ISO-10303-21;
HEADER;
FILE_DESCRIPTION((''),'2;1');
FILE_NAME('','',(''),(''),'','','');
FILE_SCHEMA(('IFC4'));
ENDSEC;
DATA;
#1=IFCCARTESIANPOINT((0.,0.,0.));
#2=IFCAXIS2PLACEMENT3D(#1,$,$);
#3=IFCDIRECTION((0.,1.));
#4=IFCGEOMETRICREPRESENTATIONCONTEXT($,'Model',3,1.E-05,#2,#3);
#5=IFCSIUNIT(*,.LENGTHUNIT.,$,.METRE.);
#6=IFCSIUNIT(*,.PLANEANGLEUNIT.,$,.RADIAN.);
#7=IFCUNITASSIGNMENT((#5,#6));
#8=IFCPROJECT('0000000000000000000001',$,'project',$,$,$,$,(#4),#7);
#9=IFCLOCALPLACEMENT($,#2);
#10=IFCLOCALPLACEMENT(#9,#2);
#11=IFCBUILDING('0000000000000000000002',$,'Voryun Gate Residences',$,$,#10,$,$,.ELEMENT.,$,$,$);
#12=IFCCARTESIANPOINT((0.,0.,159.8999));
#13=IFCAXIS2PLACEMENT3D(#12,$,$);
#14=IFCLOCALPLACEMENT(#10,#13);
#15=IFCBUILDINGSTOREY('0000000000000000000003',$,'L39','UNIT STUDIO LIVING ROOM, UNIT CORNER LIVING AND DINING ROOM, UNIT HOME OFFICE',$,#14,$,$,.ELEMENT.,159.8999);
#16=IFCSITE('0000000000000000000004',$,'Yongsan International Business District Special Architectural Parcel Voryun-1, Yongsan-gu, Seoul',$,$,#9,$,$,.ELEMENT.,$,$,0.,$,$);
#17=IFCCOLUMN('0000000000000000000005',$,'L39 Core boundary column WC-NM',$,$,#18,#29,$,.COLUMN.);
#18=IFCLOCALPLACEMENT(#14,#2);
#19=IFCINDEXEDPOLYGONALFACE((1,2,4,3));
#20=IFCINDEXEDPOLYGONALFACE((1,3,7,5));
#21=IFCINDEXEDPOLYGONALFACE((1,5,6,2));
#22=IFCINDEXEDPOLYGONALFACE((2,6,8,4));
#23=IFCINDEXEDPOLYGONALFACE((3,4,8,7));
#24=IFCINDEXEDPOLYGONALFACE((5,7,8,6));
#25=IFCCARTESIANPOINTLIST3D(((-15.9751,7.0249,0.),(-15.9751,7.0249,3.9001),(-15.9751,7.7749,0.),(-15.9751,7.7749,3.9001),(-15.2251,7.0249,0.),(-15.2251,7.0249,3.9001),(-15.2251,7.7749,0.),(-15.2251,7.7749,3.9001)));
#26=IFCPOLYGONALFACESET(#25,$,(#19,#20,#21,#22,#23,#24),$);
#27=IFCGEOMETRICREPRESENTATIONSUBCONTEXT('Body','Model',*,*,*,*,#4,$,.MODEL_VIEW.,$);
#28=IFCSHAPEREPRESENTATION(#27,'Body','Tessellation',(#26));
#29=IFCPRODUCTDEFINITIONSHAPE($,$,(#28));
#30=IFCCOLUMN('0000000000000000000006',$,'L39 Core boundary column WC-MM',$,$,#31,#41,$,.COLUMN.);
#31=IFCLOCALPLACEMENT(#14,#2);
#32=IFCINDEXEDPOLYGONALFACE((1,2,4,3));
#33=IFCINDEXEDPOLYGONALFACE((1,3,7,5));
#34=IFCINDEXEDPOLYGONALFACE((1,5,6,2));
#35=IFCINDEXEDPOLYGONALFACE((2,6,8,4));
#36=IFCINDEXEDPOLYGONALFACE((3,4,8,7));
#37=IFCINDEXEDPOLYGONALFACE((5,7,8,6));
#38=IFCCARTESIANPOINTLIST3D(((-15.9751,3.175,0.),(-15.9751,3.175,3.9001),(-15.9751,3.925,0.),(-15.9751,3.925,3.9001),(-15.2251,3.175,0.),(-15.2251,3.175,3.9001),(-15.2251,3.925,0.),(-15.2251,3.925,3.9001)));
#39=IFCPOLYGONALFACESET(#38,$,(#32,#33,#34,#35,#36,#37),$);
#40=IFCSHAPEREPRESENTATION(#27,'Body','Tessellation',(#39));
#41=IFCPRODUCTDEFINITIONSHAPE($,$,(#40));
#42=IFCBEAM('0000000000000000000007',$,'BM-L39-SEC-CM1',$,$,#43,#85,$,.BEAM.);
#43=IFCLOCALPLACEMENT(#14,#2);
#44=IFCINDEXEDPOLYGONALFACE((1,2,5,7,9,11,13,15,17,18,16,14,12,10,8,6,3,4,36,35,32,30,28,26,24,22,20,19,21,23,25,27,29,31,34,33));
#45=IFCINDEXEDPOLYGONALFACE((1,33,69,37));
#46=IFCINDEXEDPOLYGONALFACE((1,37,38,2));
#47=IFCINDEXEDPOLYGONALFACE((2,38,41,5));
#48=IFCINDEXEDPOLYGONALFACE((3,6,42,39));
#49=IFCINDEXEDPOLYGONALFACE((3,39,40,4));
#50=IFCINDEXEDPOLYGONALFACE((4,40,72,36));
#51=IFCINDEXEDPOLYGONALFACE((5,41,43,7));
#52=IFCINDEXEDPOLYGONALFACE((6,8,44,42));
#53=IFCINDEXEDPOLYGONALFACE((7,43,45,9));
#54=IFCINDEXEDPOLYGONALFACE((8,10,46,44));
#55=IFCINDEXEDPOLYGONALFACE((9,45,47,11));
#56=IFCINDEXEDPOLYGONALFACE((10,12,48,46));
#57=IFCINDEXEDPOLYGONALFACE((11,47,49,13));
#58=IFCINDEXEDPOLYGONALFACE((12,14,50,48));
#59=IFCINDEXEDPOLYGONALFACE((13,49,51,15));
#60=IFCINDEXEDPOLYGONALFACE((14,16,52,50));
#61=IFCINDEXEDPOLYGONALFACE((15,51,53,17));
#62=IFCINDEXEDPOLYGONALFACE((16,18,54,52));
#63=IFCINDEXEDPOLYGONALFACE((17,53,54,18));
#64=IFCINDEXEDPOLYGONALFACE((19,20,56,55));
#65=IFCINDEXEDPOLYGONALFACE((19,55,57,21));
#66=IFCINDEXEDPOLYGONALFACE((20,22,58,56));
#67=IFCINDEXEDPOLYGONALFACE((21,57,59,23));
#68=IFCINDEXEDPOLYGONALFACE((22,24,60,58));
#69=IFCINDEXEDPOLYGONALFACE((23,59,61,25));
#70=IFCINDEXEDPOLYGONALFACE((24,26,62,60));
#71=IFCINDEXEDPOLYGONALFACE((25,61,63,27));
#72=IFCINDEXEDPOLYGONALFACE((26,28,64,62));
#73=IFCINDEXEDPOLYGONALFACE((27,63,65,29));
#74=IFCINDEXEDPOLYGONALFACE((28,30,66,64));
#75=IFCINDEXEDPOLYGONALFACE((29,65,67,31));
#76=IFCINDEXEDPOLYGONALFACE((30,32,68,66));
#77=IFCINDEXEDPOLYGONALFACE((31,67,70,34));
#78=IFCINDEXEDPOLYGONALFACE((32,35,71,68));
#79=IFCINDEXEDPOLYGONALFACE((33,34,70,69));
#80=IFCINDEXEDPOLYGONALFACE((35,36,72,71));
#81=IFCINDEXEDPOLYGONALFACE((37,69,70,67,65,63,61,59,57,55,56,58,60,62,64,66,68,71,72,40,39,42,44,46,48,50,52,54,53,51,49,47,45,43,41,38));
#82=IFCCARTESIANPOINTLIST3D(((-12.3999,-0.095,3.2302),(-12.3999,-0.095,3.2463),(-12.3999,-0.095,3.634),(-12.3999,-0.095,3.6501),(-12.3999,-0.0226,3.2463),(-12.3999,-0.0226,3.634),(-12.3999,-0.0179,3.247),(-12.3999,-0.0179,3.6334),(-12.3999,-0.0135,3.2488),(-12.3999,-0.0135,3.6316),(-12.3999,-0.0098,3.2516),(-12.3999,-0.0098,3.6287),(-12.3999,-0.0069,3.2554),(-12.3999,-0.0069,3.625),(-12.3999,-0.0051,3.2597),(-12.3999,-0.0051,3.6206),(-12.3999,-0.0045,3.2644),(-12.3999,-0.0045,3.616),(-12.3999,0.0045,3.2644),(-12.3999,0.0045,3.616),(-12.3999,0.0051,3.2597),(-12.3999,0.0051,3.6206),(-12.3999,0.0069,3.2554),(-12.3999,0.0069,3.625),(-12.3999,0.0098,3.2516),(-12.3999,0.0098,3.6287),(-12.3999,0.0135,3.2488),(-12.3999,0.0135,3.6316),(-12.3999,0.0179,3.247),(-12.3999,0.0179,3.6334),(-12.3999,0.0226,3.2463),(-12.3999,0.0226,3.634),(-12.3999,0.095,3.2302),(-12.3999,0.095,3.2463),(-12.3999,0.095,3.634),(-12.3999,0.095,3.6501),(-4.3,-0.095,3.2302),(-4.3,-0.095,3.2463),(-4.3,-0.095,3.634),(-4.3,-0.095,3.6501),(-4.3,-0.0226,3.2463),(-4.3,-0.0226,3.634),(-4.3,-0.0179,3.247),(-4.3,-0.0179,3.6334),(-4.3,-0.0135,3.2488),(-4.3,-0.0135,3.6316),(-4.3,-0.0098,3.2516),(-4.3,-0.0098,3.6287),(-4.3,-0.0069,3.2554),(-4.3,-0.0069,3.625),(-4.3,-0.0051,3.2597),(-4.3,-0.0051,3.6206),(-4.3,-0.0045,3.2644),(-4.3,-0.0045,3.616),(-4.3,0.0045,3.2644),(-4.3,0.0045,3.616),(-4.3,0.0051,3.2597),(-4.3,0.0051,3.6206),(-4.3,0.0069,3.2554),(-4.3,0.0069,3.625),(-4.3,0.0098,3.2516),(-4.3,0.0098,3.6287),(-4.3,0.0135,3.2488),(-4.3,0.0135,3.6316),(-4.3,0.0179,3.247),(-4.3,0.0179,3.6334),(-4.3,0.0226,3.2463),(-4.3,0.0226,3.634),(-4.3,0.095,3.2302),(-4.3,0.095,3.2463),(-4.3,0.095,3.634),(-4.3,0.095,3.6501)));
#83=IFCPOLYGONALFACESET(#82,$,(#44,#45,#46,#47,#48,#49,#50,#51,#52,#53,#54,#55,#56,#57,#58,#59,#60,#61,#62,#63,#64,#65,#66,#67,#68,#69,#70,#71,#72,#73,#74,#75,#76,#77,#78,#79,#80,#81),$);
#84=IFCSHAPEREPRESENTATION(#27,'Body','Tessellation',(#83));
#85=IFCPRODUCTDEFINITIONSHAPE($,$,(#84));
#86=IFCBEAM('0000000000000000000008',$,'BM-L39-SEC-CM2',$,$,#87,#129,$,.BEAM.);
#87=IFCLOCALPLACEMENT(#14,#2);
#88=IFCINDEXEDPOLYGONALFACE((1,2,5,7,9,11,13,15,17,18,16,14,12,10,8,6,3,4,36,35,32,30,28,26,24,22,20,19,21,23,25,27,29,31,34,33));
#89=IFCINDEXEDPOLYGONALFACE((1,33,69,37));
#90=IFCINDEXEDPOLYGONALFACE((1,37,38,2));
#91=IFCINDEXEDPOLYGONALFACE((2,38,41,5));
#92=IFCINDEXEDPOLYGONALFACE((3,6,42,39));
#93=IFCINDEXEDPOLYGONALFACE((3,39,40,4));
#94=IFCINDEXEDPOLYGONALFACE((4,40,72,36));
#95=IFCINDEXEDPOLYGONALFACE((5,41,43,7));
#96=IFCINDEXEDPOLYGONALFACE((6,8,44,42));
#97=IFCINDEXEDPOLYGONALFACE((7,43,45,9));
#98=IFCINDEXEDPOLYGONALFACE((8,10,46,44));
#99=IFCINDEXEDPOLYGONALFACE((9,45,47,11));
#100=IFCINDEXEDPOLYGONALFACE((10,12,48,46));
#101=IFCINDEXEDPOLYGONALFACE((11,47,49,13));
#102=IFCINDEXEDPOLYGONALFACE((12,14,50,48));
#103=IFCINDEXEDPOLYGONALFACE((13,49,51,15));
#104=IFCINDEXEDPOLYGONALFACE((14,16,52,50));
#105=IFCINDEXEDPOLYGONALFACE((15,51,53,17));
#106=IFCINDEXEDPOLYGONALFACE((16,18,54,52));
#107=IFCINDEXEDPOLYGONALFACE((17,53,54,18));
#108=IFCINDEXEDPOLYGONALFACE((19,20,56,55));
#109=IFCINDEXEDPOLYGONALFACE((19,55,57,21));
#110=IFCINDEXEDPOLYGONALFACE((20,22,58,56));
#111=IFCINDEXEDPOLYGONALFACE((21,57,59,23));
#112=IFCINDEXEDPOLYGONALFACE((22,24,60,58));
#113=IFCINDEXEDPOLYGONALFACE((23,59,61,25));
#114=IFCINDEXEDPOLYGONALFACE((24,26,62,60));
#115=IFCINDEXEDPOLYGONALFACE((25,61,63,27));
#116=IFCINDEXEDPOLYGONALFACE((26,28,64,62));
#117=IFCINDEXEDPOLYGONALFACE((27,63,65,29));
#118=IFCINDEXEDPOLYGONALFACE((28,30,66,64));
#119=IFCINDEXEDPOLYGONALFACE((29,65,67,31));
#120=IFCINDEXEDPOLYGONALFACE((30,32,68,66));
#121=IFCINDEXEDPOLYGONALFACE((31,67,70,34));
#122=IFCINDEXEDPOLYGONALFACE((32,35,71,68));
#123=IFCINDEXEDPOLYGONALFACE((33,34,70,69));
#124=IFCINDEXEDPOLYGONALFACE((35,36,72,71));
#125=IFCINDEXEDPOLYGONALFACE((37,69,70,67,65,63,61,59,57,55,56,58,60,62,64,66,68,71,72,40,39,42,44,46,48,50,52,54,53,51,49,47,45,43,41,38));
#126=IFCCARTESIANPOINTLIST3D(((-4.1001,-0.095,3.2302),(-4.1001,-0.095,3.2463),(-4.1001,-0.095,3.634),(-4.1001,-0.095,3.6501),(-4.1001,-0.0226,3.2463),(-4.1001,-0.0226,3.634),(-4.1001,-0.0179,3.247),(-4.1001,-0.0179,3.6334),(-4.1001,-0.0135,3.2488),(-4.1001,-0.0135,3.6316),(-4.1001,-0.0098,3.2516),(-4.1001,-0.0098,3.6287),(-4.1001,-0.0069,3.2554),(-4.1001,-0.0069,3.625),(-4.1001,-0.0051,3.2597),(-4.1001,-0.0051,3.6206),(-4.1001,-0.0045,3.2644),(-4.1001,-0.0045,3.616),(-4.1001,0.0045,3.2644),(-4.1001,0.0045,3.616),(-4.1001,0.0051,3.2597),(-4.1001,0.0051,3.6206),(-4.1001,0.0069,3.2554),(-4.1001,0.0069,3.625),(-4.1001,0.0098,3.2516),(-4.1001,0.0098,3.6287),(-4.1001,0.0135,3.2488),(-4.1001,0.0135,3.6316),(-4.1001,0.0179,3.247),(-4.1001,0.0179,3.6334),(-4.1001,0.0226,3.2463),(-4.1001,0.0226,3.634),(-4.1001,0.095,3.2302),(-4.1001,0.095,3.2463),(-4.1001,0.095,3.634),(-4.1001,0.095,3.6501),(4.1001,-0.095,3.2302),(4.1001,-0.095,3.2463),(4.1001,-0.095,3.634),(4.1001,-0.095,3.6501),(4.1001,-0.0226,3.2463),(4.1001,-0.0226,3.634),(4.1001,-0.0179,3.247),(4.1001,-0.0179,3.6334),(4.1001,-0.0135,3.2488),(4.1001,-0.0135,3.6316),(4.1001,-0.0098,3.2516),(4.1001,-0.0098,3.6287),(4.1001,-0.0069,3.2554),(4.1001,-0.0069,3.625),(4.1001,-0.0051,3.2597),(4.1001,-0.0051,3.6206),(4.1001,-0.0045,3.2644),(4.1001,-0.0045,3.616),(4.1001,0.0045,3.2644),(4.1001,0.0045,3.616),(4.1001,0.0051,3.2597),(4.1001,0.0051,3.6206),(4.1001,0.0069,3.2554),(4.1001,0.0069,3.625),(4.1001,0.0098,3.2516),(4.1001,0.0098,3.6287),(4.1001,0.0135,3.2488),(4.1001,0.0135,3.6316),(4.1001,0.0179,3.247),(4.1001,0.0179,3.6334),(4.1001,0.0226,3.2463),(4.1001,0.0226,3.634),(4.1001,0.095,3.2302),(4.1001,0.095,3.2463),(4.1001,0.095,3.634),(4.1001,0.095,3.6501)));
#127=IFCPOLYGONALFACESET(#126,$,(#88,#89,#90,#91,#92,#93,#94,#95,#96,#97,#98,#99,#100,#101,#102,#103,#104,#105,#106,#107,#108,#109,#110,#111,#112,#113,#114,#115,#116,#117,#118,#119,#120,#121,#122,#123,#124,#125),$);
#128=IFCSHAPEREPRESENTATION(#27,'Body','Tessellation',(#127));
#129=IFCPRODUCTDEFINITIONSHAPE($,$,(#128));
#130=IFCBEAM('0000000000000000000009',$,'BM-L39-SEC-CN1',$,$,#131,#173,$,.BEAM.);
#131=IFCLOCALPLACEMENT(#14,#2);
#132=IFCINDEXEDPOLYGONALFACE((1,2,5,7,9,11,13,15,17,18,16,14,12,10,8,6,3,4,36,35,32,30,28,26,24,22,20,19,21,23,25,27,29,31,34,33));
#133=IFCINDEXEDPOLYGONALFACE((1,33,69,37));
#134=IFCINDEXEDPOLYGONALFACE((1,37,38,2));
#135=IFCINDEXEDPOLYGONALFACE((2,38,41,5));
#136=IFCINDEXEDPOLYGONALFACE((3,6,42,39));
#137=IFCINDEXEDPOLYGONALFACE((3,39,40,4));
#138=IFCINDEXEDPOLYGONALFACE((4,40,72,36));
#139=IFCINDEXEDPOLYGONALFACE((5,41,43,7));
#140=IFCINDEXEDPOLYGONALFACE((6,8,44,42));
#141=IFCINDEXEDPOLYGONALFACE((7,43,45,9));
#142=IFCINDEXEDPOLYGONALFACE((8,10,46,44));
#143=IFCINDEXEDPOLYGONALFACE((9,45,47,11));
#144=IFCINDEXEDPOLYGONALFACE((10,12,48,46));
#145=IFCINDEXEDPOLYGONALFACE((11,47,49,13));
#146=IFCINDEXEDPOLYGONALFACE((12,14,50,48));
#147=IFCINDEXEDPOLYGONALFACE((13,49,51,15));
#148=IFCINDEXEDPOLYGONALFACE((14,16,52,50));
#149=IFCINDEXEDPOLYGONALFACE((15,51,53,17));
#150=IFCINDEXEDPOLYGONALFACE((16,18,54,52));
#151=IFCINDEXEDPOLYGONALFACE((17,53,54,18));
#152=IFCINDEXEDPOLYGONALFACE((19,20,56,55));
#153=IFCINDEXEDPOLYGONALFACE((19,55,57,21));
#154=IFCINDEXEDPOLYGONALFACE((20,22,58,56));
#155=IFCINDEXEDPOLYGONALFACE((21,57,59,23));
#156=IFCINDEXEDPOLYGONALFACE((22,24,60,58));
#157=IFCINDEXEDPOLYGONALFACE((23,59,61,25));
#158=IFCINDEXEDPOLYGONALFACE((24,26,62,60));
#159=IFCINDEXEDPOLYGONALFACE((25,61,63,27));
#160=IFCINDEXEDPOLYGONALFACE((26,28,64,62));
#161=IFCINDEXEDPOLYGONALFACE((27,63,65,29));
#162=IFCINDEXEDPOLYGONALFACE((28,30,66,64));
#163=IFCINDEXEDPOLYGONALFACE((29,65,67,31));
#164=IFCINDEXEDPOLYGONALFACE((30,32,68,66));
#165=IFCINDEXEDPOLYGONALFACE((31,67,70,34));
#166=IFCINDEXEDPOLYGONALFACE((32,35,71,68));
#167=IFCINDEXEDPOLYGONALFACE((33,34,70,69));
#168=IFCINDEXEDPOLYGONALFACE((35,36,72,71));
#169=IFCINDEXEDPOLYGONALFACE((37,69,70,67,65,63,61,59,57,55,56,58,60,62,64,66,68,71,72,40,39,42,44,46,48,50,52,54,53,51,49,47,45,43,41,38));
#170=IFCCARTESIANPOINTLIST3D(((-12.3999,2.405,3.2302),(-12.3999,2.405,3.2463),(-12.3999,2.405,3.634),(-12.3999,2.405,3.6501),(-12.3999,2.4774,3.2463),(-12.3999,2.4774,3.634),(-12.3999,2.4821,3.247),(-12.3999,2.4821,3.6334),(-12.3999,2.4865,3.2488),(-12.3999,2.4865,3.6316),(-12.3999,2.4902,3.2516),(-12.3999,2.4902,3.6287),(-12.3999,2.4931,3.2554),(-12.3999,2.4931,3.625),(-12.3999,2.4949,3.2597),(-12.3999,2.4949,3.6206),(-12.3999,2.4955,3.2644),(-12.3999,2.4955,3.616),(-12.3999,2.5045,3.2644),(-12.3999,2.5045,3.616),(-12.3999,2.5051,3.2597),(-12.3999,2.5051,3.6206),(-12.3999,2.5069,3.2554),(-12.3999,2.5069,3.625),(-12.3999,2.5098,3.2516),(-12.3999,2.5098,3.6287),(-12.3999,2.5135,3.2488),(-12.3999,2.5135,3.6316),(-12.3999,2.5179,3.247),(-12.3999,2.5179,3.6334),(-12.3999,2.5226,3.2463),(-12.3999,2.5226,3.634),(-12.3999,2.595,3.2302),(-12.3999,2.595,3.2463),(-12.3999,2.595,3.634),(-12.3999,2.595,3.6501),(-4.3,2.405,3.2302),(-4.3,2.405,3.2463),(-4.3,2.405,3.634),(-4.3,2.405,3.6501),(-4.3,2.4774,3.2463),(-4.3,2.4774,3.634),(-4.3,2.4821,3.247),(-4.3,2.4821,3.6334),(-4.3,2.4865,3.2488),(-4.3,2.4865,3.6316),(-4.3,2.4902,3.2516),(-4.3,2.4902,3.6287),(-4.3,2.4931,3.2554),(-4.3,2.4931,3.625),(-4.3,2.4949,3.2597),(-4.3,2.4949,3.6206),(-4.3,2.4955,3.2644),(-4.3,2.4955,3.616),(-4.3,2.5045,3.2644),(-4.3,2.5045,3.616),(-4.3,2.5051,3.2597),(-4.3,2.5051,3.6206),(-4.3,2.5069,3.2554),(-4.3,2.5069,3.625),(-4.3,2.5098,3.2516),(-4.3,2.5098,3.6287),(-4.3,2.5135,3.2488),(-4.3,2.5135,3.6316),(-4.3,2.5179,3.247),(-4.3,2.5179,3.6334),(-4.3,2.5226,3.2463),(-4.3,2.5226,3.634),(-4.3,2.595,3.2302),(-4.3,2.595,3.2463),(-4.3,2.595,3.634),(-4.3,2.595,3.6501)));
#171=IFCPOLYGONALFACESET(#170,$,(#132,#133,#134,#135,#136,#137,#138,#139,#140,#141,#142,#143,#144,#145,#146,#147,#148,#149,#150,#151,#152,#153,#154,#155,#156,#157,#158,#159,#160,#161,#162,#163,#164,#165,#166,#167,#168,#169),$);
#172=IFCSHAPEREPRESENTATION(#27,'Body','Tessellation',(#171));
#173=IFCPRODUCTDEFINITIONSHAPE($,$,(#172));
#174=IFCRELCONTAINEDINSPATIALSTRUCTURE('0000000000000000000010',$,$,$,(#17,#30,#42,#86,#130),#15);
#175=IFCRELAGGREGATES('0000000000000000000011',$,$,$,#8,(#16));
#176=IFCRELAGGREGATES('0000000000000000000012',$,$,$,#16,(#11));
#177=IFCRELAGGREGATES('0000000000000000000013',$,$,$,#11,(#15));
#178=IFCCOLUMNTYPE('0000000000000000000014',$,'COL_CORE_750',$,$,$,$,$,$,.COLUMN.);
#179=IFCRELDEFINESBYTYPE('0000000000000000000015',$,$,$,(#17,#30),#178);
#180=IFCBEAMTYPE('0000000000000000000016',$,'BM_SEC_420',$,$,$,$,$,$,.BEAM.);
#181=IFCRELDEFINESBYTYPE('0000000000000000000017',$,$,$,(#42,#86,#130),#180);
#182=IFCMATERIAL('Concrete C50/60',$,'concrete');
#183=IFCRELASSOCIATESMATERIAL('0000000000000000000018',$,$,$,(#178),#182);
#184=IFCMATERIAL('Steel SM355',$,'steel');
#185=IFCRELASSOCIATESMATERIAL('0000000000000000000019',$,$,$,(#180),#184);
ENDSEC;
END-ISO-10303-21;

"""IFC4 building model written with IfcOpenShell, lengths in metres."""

from ifc_helpers import new_model, si_unit, direction, frame, origin, origin_2d, place, context, subcontext, project, spatial, rectangle, i_section, extrude, material, material_profile, profile_set, type_object, element, save


model = new_model("IFC4")

# Units and contexts
model_context = context("Model", 3, precision=1e-05, world=origin(), true_north=direction((0.0, 1.0)))
body_context = subcontext(model_context, "Body", "Model", "MODEL_VIEW")
ifc_project = project(units=[si_unit("LENGTHUNIT", "METRE"), si_unit("PLANEANGLEUNIT", "RADIAN")], contexts=[model_context])

# Site, building, storey
site_placement = place(None, origin())
site = spatial("IfcSite", under=ifc_project, at=site_placement, Name="Yongsan International Business District Special Architectural Parcel Voryun-1, Yongsan-gu, Seoul", CompositionType="ELEMENT", RefElevation=0.0)
building_placement = place(site_placement, origin())
building = spatial("IfcBuilding", under=site, at=building_placement, Name="Voryun Gate Residences", CompositionType="ELEMENT")
storey_placement = place(building_placement, frame((0.0, 0.0, 159.8999)))
storey = spatial("IfcBuildingStorey", under=building, at=storey_placement, Name="L39", Description="UNIT STUDIO LIVING ROOM, UNIT CORNER LIVING AND DINING ROOM, UNIT HOME OFFICE", CompositionType="ELEMENT", Elevation=159.8999)

# Columns
ifc_material_1 = material(Name="Concrete C50/60", Category="concrete")
ifc_material_profile_1 = material_profile(ifc_material_1, rectangle(XDim=0.75, YDim=0.75, at=origin_2d()), Name="RC-750x750")
ifc_profile_set_1 = profile_set([ifc_material_profile_1], Name="Concrete C50/60")
column_type = type_object("IfcColumnType", Name="COL_CORE_750", PredefinedType="COLUMN", material=ifc_profile_set_1)
for number, where, z_axis, x_axis, name in (
    (1, (-15.6001, 7.3999, 0.0), (0.0, 0.0, 1.0), (1.0, 0.0, 0.0), "L39 Core boundary column WC-NM"),
    (2, (-15.6001, 3.55, 0.0), (0.0, 0.0, 1.0), (1.0, 0.0, 0.0), "L39 Core boundary column WC-MM"),
):
    element("IfcColumn", number, at=place(storey_placement, frame(where, z_axis=z_axis, x_axis=x_axis)), inside=storey, type_object=column_type, Name=name, PredefinedType="COLUMN", context=body_context, shape_type="SweptSolid", body=[
        extrude(rectangle(XDim=0.75, YDim=0.75, at=origin_2d()), origin(), (0.0, 0.0, 1.0), 3.9001),
    ])

# Beams
ifc_material_2 = material(Name="Steel SM355", Category="steel")
ifc_material_profile_2 = material_profile(ifc_material_2, i_section(OverallWidth=0.1899, OverallDepth=0.4199, WebThickness=0.009, FlangeThickness=0.0161, FilletRadius=0.0181, at=origin_2d()), Name="H-420x190x9x16")
ifc_profile_set_2 = profile_set([ifc_material_profile_2], Name="Steel SM355")
beam_type = type_object("IfcBeamType", Name="BM_SEC_420", PredefinedType="BEAM", material=ifc_profile_set_2)
beam_1_placement = place(storey_placement, frame((-12.3999, 0.0, 3.4402), z_axis=(1.0, 0.0, 0.0), x_axis=(0.0, 1.0, 0.0)))
element("IfcBeam", 3, at=beam_1_placement, inside=storey, type_object=beam_type, Name="BM-L39-SEC-CM1", PredefinedType="BEAM", context=body_context, shape_type="SweptSolid", body=[
    extrude(i_section(OverallWidth=0.1899, OverallDepth=0.4199, WebThickness=0.009, FlangeThickness=0.0161, FilletRadius=0.0181, at=origin_2d()), origin(), (0.0, 0.0, 1.0), 8.0999),
])
beam_2_placement = place(storey_placement, frame((-4.1001, 0.0, 3.4402), z_axis=(1.0, 0.0, 0.0), x_axis=(0.0, 1.0, 0.0)))
element("IfcBeam", 4, at=beam_2_placement, inside=storey, type_object=beam_type, Name="BM-L39-SEC-CM2", PredefinedType="BEAM", context=body_context, shape_type="SweptSolid", body=[
    extrude(i_section(OverallWidth=0.1899, OverallDepth=0.4199, WebThickness=0.009, FlangeThickness=0.0161, FilletRadius=0.0181, at=origin_2d()), origin(), (0.0, 0.0, 1.0), 8.2002),
])
beam_3_placement = place(storey_placement, frame((-12.3999, 2.5, 3.4402), z_axis=(1.0, 0.0, 0.0), x_axis=(0.0, 1.0, 0.0)))
element("IfcBeam", 5, at=beam_3_placement, inside=storey, type_object=beam_type, Name="BM-L39-SEC-CN1", PredefinedType="BEAM", context=body_context, shape_type="SweptSolid", body=[
    extrude(i_section(OverallWidth=0.1899, OverallDepth=0.4199, WebThickness=0.009, FlangeThickness=0.0161, FilletRadius=0.0181, at=origin_2d()), origin(), (0.0, 0.0, 1.0), 8.0999),
])

save(model, "model.ifc")
